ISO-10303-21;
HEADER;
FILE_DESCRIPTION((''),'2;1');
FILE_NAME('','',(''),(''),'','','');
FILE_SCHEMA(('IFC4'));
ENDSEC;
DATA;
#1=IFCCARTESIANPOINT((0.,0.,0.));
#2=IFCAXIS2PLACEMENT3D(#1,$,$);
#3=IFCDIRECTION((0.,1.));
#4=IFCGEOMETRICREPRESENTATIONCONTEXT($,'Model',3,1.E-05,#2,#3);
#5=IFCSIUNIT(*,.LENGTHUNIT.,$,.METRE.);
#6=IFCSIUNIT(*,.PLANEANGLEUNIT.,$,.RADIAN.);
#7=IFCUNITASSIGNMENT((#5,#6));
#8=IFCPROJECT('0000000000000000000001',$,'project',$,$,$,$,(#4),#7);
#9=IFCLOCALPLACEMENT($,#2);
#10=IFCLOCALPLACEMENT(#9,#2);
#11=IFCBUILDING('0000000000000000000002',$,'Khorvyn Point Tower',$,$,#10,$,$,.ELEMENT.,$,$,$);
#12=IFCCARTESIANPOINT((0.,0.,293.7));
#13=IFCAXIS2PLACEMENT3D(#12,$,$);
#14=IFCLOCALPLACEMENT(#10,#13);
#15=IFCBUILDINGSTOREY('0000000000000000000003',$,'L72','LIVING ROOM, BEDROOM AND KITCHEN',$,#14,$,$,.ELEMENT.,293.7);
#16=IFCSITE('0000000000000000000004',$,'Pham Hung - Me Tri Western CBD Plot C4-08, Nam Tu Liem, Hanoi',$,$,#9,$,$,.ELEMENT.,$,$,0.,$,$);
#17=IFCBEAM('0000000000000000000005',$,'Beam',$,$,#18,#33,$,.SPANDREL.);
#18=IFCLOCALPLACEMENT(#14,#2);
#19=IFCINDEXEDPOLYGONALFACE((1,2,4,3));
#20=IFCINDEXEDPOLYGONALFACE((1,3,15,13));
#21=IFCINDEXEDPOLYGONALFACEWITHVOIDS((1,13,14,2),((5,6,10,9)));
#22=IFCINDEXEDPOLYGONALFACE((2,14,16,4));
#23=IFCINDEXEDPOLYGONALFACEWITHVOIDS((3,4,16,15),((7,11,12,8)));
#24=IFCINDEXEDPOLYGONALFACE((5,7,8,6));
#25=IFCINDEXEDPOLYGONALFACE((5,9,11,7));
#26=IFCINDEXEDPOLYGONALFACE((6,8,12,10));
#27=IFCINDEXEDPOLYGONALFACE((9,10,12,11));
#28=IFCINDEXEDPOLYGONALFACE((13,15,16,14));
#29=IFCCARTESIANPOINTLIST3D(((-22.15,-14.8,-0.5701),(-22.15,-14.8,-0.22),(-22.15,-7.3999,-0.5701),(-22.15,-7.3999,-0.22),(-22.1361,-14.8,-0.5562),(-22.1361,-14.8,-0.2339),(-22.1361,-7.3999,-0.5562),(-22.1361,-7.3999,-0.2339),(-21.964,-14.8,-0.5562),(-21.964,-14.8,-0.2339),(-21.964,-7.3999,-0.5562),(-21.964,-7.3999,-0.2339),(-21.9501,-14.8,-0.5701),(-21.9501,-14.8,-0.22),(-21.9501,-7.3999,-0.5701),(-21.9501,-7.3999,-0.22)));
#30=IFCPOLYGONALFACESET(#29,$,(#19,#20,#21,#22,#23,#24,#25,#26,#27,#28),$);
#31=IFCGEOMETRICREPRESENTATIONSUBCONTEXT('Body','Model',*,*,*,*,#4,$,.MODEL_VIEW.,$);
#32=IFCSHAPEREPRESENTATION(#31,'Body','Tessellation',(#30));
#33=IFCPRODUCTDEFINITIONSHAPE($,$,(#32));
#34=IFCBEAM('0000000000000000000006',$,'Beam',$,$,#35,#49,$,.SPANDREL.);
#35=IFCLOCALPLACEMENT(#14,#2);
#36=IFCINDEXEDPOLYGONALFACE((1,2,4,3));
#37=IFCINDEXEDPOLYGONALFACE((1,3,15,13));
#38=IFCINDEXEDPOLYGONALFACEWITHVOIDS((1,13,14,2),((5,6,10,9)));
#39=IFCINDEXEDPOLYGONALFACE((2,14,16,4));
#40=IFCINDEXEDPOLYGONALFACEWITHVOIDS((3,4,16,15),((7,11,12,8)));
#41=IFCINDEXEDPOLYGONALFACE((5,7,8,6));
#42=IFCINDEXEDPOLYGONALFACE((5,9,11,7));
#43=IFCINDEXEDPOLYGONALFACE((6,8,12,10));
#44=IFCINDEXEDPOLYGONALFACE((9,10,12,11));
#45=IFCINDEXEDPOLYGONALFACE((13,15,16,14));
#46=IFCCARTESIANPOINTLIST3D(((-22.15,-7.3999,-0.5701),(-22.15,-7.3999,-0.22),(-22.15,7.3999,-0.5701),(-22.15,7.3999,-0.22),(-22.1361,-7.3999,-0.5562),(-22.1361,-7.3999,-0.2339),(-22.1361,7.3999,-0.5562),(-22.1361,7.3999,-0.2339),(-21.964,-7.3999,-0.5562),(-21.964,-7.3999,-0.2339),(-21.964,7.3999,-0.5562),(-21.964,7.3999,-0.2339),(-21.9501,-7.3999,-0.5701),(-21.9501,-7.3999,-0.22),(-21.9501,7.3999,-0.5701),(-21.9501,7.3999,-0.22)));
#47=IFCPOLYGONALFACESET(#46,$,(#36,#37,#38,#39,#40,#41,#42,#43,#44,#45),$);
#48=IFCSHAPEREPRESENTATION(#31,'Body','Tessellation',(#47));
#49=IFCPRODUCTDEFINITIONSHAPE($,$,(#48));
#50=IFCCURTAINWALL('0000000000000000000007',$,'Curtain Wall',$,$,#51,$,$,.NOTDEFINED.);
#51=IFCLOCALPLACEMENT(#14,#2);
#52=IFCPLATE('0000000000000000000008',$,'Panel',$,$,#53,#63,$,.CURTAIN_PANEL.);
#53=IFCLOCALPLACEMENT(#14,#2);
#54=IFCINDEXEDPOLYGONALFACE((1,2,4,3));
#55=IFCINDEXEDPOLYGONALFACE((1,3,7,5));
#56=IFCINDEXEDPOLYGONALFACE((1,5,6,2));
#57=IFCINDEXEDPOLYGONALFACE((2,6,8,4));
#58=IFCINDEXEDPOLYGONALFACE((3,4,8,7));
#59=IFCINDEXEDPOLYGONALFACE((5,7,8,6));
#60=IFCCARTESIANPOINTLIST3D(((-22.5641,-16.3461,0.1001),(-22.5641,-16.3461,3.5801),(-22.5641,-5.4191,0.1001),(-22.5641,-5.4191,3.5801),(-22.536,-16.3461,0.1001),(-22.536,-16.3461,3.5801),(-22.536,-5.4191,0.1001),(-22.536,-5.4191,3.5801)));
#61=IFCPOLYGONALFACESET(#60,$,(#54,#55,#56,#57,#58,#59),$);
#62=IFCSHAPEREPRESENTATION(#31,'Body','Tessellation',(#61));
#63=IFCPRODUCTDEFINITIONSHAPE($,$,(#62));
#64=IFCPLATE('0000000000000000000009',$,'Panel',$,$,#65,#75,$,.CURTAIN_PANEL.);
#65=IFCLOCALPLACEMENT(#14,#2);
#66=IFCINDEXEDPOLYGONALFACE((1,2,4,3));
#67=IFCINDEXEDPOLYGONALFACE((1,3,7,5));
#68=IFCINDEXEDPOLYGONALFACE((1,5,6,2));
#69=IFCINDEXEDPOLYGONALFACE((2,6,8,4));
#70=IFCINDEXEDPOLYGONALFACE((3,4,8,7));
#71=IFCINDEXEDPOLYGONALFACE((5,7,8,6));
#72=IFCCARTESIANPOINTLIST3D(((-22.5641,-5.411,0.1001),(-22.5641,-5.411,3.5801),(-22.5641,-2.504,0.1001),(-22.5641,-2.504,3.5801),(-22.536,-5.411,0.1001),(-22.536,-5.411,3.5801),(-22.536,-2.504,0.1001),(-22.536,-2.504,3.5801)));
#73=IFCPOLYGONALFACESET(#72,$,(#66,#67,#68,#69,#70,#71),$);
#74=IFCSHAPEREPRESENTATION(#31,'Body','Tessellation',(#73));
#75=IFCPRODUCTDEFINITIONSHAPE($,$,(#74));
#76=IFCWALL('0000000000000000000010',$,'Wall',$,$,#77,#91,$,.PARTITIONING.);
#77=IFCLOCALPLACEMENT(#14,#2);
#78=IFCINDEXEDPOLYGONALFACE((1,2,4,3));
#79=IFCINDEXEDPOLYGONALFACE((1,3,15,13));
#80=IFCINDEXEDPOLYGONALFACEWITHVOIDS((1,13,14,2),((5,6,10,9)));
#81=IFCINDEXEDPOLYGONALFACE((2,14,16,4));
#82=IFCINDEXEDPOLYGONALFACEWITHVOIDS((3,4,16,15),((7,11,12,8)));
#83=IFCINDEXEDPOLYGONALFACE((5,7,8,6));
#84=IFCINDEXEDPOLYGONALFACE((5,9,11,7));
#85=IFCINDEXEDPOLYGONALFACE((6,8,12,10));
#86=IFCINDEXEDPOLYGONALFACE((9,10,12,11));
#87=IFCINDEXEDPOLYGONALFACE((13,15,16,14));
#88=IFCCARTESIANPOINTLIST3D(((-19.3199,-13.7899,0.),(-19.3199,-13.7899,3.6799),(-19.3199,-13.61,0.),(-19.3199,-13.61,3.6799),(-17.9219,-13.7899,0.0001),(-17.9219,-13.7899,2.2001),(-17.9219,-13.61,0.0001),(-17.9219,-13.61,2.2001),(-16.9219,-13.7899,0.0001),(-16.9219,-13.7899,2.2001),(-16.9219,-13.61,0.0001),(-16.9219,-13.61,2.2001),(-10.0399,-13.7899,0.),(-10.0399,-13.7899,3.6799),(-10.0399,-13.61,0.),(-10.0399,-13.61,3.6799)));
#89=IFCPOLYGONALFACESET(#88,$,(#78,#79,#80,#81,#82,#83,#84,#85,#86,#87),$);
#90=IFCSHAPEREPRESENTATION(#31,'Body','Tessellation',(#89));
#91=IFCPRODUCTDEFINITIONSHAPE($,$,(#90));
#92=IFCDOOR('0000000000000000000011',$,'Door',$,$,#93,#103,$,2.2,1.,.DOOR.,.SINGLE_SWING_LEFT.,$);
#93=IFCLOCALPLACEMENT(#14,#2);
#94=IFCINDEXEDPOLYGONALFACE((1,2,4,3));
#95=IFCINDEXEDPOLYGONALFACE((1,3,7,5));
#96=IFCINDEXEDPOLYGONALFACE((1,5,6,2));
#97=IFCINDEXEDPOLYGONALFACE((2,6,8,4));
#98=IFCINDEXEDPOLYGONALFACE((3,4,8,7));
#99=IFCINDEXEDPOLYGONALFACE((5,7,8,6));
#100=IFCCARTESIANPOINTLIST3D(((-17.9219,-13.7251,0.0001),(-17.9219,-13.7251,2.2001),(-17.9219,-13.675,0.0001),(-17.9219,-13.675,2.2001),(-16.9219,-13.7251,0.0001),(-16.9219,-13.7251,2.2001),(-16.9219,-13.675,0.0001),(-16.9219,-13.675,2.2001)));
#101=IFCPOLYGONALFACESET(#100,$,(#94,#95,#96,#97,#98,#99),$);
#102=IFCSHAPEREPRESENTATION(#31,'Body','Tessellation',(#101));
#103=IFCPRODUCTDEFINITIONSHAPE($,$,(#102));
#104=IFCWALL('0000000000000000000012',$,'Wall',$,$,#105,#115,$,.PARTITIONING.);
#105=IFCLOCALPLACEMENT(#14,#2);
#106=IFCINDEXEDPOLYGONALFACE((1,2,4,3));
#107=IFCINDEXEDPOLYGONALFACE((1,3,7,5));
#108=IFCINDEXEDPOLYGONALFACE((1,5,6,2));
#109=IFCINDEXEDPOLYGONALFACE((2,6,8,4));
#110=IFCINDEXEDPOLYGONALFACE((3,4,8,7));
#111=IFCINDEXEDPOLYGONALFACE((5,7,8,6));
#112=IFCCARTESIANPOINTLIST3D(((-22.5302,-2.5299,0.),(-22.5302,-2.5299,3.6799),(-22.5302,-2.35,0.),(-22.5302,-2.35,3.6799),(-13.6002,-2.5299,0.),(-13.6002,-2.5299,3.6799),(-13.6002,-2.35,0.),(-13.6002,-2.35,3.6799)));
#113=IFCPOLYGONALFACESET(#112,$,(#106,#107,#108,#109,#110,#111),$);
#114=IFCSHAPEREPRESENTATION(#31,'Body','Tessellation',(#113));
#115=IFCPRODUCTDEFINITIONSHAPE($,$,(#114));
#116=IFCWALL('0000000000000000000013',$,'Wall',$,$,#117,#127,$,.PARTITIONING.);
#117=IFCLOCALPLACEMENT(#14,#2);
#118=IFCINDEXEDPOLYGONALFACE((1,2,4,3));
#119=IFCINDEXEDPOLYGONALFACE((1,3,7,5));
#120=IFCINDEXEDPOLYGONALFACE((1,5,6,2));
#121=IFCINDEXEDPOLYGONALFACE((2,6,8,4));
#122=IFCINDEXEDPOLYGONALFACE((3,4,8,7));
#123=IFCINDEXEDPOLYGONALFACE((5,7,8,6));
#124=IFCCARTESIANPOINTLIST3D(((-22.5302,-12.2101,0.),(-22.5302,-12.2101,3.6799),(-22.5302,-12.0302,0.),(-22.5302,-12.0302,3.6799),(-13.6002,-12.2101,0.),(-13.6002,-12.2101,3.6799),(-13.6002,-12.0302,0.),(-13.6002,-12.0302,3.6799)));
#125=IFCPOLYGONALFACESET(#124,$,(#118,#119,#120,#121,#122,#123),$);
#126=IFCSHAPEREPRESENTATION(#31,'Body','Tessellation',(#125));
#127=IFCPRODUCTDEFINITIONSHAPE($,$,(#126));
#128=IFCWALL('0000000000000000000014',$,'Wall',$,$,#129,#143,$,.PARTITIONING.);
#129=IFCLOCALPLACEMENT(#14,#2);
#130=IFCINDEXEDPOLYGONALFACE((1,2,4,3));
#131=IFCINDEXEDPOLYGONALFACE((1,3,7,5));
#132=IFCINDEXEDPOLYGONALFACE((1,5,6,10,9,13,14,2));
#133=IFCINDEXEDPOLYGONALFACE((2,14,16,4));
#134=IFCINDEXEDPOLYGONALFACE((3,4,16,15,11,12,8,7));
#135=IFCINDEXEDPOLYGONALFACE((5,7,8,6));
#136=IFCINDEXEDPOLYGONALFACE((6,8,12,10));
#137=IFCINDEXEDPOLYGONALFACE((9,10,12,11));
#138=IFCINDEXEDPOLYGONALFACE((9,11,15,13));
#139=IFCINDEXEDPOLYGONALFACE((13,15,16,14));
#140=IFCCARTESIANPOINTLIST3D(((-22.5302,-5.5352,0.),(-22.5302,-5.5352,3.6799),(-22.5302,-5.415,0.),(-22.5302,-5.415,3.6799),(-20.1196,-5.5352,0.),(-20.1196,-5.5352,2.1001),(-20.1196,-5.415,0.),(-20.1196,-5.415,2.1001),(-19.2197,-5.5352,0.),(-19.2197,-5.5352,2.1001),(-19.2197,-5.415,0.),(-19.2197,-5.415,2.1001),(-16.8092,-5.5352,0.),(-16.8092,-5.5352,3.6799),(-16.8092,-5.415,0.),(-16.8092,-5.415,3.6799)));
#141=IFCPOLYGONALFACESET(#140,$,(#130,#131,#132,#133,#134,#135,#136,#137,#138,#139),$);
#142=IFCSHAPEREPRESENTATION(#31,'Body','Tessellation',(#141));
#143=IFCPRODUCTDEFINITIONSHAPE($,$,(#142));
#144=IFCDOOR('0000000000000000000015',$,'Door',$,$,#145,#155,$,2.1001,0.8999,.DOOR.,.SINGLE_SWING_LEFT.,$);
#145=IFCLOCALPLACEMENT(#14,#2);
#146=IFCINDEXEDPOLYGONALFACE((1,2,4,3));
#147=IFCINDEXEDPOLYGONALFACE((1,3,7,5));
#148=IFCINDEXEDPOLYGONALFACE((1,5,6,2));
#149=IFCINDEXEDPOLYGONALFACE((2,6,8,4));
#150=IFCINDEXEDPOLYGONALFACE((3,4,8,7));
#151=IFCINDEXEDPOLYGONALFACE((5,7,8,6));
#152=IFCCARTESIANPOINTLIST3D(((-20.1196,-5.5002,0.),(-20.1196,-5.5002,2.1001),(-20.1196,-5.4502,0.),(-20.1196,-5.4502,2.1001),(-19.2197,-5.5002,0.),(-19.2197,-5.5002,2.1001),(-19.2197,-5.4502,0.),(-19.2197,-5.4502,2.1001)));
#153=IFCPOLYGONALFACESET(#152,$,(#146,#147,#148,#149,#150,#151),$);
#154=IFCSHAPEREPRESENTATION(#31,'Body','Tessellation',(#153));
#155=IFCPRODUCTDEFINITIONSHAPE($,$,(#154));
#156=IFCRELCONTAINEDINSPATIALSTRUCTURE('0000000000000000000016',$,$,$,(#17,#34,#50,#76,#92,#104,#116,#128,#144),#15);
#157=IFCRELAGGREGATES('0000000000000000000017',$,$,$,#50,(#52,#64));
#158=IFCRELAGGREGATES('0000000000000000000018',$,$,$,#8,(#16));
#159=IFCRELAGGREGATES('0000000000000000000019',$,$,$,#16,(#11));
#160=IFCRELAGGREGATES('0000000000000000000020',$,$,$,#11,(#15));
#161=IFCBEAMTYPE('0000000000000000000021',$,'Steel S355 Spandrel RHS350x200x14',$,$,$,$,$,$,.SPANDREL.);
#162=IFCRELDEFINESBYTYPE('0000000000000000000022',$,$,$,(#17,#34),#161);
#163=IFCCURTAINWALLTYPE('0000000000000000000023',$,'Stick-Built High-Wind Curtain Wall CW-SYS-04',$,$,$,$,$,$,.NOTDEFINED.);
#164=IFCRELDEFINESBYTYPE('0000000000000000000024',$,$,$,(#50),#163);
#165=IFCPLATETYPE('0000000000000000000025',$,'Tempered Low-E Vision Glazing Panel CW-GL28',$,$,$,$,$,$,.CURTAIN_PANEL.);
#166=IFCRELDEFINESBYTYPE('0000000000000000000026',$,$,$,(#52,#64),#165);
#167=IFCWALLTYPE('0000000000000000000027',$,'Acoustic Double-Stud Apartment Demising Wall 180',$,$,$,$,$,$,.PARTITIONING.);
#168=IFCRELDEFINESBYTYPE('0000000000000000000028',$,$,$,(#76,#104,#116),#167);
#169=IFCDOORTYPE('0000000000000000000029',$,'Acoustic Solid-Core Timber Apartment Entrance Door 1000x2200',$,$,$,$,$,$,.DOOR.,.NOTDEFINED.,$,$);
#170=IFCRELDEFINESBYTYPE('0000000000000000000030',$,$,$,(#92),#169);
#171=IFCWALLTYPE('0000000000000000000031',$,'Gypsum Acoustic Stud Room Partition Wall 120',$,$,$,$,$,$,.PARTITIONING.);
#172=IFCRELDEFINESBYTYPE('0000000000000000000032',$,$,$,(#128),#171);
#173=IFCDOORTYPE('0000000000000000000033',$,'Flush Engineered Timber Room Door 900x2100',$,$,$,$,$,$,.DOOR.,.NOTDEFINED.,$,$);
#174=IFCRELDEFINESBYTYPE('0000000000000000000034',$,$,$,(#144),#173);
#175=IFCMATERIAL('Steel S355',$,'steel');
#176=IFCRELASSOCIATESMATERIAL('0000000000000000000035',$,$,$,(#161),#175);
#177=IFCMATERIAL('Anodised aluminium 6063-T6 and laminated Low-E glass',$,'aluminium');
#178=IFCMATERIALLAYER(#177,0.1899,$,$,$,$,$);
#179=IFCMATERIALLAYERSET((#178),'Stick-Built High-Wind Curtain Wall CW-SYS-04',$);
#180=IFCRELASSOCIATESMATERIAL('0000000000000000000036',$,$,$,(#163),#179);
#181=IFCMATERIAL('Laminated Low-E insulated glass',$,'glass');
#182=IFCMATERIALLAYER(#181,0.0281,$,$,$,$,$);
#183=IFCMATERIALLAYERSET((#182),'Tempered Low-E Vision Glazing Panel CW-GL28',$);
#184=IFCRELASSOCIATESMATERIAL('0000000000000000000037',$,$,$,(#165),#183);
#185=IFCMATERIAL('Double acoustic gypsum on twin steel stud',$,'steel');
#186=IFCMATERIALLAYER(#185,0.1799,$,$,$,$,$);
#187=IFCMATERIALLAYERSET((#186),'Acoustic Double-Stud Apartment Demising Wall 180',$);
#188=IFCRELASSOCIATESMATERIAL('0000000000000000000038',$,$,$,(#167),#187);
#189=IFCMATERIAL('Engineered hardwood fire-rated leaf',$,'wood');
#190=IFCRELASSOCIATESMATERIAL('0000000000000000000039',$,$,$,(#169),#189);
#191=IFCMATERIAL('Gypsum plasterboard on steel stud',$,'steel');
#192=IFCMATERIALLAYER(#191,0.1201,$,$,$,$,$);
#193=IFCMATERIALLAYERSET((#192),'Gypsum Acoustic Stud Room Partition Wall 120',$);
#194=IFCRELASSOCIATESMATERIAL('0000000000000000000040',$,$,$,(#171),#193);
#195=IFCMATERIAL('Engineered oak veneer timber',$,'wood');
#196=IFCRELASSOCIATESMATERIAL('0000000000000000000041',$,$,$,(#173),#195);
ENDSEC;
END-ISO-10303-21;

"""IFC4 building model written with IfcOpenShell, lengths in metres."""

from ifc_helpers import new_model, si_unit, direction, frame, frame_2d, origin, origin_2d, place, context, subcontext, project, spatial, rectangle, hollow_rectangle, extrude, material, layer, layer_set, material_profile, profile_set, type_object, element, fill, aggregate, save


model = new_model("IFC4")

# Units and contexts
model_context = context("Model", 3, precision=1e-05, world=origin(), true_north=direction((0.0, 1.0)))
body_context = subcontext(model_context, "Body", "Model", "MODEL_VIEW")
ifc_project = project(units=[si_unit("LENGTHUNIT", "METRE"), si_unit("PLANEANGLEUNIT", "RADIAN")], contexts=[model_context])

# Site, building, storey
site_placement = place(None, origin())
site = spatial("IfcSite", under=ifc_project, at=site_placement, Name="Pham Hung - Me Tri Western CBD Plot C4-08, Nam Tu Liem, Hanoi", CompositionType="ELEMENT", RefElevation=0.0)
building_placement = place(site_placement, origin())
building = spatial("IfcBuilding", under=site, at=building_placement, Name="Khorvyn Point Tower", CompositionType="ELEMENT")
storey_placement = place(building_placement, frame((0.0, 0.0, 293.7)))
storey = spatial("IfcBuildingStorey", under=building, at=storey_placement, Name="L72", Description="LIVING ROOM, BEDROOM AND KITCHEN", CompositionType="ELEMENT", Elevation=293.7)

# Shared definitions
ifc_material_1 = material(Name="Steel S355", Category="steel")

# Beams
ifc_material_profile_1 = material_profile(ifc_material_1, hollow_rectangle(XDim=0.2, YDim=0.3501, WallThickness=0.0139, at=origin_2d()))
ifc_profile_set_1 = profile_set([ifc_material_profile_1], Name="Steel S355 RHS350x200x14")
beam_type_1 = type_object("IfcBeamType", Name="Steel S355 Spandrel RHS350x200x14", PredefinedType="SPANDREL", material=ifc_profile_set_1)
beam_1_placement = place(storey_placement, frame((-22.05, -14.8, -0.395), z_axis=(0.0, 1.0, 0.0), x_axis=(-1.0, 0.0, 0.0)))
element("IfcBeam", 1, at=beam_1_placement, inside=storey, type_object=beam_type_1, Name="Beam", PredefinedType="SPANDREL", context=body_context, shape_type="SweptSolid", body=[
    extrude(hollow_rectangle(XDim=0.2, YDim=0.3501, WallThickness=0.0139, at=origin_2d()), origin(), (0.0, 0.0, 1.0), 7.4001),
])
beam_2_placement = place(storey_placement, frame((-22.05, -7.3999, -0.395), z_axis=(0.0, 1.0, 0.0), x_axis=(-1.0, 0.0, 0.0)))
element("IfcBeam", 2, at=beam_2_placement, inside=storey, type_object=beam_type_1, Name="Beam", PredefinedType="SPANDREL", context=body_context, shape_type="SweptSolid", body=[
    extrude(hollow_rectangle(XDim=0.2, YDim=0.3501, WallThickness=0.0139, at=origin_2d()), origin(), (0.0, 0.0, 1.0), 14.7998),
])

# Curtain wall, plates
ifc_material_2 = material(Name="Anodised aluminium 6063-T6 and laminated Low-E glass", Category="aluminium")
ifc_layer_1 = layer(ifc_material_2, 0.1899)
ifc_layer_set_1 = layer_set([ifc_layer_1], Name="Stick-Built High-Wind Curtain Wall CW-SYS-04")
curtain_wall_type = type_object("IfcCurtainWallType", Name="Stick-Built High-Wind Curtain Wall CW-SYS-04", PredefinedType="NOTDEFINED", material=ifc_layer_set_1)
curtain_wall_placement = place(storey_placement, origin())
curtain_wall = element("IfcCurtainWall", 3, at=curtain_wall_placement, inside=storey, type_object=curtain_wall_type, Name="Curtain Wall", PredefinedType="NOTDEFINED")
ifc_material_3 = material(Name="Laminated Low-E insulated glass", Category="glass")
ifc_layer_2 = layer(ifc_material_3, 0.0281)
ifc_layer_set_2 = layer_set([ifc_layer_2], Name="Tempered Low-E Vision Glazing Panel CW-GL28")
plate_type = type_object("IfcPlateType", Name="Tempered Low-E Vision Glazing Panel CW-GL28", PredefinedType="CURTAIN_PANEL", material=ifc_layer_set_2)
plate_1_placement = place(storey_placement, frame((-22.55, -10.8826, 0.1001), z_axis=(0.0, 0.0, 1.0), x_axis=(0.0, 1.0, 0.0)))
plate_1 = element("IfcPlate", 4, at=plate_1_placement, type_object=plate_type, Name="Panel", PredefinedType="CURTAIN_PANEL", context=body_context, shape_type="SweptSolid", body=[
    extrude(rectangle(XDim=10.927, YDim=0.0281, at=origin_2d()), origin(), (0.0, 0.0, 1.0), 3.48),
])
plate_2_placement = place(storey_placement, frame((-22.55, -3.9575, 0.1001), z_axis=(0.0, 0.0, 1.0), x_axis=(0.0, 1.0, 0.0)))
plate_2 = element("IfcPlate", 5, at=plate_2_placement, type_object=plate_type, Name="Panel", PredefinedType="CURTAIN_PANEL", context=body_context, shape_type="SweptSolid", body=[
    extrude(rectangle(XDim=2.907, YDim=0.0281, at=origin_2d()), origin(), (0.0, 0.0, 1.0), 3.48),
])
aggregate(curtain_wall, [plate_1, plate_2])

# Wall, opening, door
ifc_material_4 = material(Name="Double acoustic gypsum on twin steel stud", Category="steel")
ifc_layer_3 = layer(ifc_material_4, 0.1799)
ifc_layer_set_3 = layer_set([ifc_layer_3], Name="Acoustic Double-Stud Apartment Demising Wall 180")
wall_type_1 = type_object("IfcWallType", Name="Acoustic Double-Stud Apartment Demising Wall 180", PredefinedType="PARTITIONING", material=ifc_layer_set_3)
wall_1_placement = place(storey_placement, frame((-19.3201, -13.7, 0.0), z_axis=(0.0, 0.0, 1.0), x_axis=(1.0, 0.0, 0.0)))
wall_1 = element("IfcWall", 6, at=wall_1_placement, inside=storey, type_object=wall_type_1, Name="Wall", PredefinedType="PARTITIONING", context=body_context, shape_type="SweptSolid", body=[
    extrude(rectangle(XDim=9.28, YDim=0.1799, at=frame_2d((4.6401, 0.0))), origin(), (0.0, 0.0, 1.0), 3.6799),
])
opening_1_placement = place(wall_1_placement, frame((1.3982, 0.0, 0.0)))
opening_1 = element("IfcOpeningElement", 7, at=opening_1_placement, cuts=wall_1, PredefinedType="OPENING", context=body_context, shape_type="SweptSolid", body=[
    extrude(rectangle(XDim=1.0, YDim=2.2, at=frame_2d((0.5, 1.1001))), frame((0.0, 0.0999, 0.0), z_axis=(0.0, -1.0, 0.0), x_axis=(1.0, 0.0, 0.0)), (0.0, 0.0, 1.0), 0.2),
])
ifc_material_5 = material(Name="Engineered hardwood fire-rated leaf", Category="wood")
door_type_1 = type_object("IfcDoorType", Name="Acoustic Solid-Core Timber Apartment Entrance Door 1000x2200", OperationType="NOTDEFINED", PredefinedType="DOOR", material=ifc_material_5)
door_1_placement = place(opening_1_placement, origin())
door_1 = element("IfcDoor", 8, at=door_1_placement, inside=storey, type_object=door_type_1, Name="Door", OperationType="SINGLE_SWING_LEFT", OverallHeight=2.2, OverallWidth=1.0, PredefinedType="DOOR", context=body_context, shape_type="SweptSolid", body=[
    extrude(rectangle(XDim=1.0, YDim=2.2, at=frame_2d((0.5, 1.1001))), frame((0.0, 0.0249, 0.0), z_axis=(0.0, -1.0, 0.0), x_axis=(1.0, 0.0, 0.0)), (0.0, 0.0, 1.0), 0.05),
])
fill(opening_1, door_1)

# Walls
for number, where, z_axis, x_axis, name in (
    (9, (-22.53, -2.4399, 0.0), (0.0, 0.0, 1.0), (1.0, 0.0, 0.0), "Wall"),
    (10, (-22.53, -12.1201, 0.0), (0.0, 0.0, 1.0), (1.0, 0.0, 0.0), "Wall"),
):
    element("IfcWall", number, at=place(storey_placement, frame(where, z_axis=z_axis, x_axis=x_axis)), inside=storey, type_object=wall_type_1, Name=name, PredefinedType="PARTITIONING", context=body_context, shape_type="SweptSolid", body=[
        extrude(rectangle(XDim=8.9299, YDim=0.1799, at=frame_2d((4.4648, 0.0))), origin(), (0.0, 0.0, 1.0), 3.6799),
    ])

# Wall, opening, door
ifc_material_6 = material(Name="Gypsum plasterboard on steel stud", Category="steel")
ifc_layer_4 = layer(ifc_material_6, 0.1201)
ifc_layer_set_4 = layer_set([ifc_layer_4], Name="Gypsum Acoustic Stud Room Partition Wall 120")
wall_type_2 = type_object("IfcWallType", Name="Gypsum Acoustic Stud Room Partition Wall 120", PredefinedType="PARTITIONING", material=ifc_layer_set_4)
wall_2_placement = place(storey_placement, frame((-22.53, -5.4751, 0.0), z_axis=(0.0, 0.0, 1.0), x_axis=(1.0, 0.0, 0.0)))
wall_2 = element("IfcWall", 11, at=wall_2_placement, inside=storey, type_object=wall_type_2, Name="Wall", PredefinedType="PARTITIONING", context=body_context, shape_type="SweptSolid", body=[
    extrude(rectangle(XDim=5.7209, YDim=0.1201, at=frame_2d((2.8604, 0.0))), origin(), (0.0, 0.0, 1.0), 3.6799),
])
opening_2_placement = place(wall_2_placement, frame((2.4104, 0.0, 0.0)))
opening_2 = element("IfcOpeningElement", 12, at=opening_2_placement, cuts=wall_2, PredefinedType="OPENING", context=body_context, shape_type="SweptSolid", body=[
    extrude(rectangle(XDim=0.8999, YDim=2.1001, at=frame_2d((0.45, 1.05))), frame((0.0, 0.0701, 0.0), z_axis=(0.0, -1.0, 0.0), x_axis=(1.0, 0.0, 0.0)), (0.0, 0.0, 1.0), 0.1401),
])
ifc_material_7 = material(Name="Engineered oak veneer timber", Category="wood")
door_type_2 = type_object("IfcDoorType", Name="Flush Engineered Timber Room Door 900x2100", OperationType="NOTDEFINED", PredefinedType="DOOR", material=ifc_material_7)
door_2_placement = place(opening_2_placement, origin())
door_2 = element("IfcDoor", 13, at=door_2_placement, inside=storey, type_object=door_type_2, Name="Door", OperationType="SINGLE_SWING_LEFT", OverallHeight=2.1001, OverallWidth=0.8999, PredefinedType="DOOR", context=body_context, shape_type="SweptSolid", body=[
    extrude(rectangle(XDim=0.8999, YDim=2.1001, at=frame_2d((0.45, 1.05))), frame((0.0, 0.0249, 0.0), z_axis=(0.0, -1.0, 0.0), x_axis=(1.0, 0.0, 0.0)), (0.0, 0.0, 1.0), 0.05),
])
fill(opening_2, door_2)

save(model, "model.ifc")
